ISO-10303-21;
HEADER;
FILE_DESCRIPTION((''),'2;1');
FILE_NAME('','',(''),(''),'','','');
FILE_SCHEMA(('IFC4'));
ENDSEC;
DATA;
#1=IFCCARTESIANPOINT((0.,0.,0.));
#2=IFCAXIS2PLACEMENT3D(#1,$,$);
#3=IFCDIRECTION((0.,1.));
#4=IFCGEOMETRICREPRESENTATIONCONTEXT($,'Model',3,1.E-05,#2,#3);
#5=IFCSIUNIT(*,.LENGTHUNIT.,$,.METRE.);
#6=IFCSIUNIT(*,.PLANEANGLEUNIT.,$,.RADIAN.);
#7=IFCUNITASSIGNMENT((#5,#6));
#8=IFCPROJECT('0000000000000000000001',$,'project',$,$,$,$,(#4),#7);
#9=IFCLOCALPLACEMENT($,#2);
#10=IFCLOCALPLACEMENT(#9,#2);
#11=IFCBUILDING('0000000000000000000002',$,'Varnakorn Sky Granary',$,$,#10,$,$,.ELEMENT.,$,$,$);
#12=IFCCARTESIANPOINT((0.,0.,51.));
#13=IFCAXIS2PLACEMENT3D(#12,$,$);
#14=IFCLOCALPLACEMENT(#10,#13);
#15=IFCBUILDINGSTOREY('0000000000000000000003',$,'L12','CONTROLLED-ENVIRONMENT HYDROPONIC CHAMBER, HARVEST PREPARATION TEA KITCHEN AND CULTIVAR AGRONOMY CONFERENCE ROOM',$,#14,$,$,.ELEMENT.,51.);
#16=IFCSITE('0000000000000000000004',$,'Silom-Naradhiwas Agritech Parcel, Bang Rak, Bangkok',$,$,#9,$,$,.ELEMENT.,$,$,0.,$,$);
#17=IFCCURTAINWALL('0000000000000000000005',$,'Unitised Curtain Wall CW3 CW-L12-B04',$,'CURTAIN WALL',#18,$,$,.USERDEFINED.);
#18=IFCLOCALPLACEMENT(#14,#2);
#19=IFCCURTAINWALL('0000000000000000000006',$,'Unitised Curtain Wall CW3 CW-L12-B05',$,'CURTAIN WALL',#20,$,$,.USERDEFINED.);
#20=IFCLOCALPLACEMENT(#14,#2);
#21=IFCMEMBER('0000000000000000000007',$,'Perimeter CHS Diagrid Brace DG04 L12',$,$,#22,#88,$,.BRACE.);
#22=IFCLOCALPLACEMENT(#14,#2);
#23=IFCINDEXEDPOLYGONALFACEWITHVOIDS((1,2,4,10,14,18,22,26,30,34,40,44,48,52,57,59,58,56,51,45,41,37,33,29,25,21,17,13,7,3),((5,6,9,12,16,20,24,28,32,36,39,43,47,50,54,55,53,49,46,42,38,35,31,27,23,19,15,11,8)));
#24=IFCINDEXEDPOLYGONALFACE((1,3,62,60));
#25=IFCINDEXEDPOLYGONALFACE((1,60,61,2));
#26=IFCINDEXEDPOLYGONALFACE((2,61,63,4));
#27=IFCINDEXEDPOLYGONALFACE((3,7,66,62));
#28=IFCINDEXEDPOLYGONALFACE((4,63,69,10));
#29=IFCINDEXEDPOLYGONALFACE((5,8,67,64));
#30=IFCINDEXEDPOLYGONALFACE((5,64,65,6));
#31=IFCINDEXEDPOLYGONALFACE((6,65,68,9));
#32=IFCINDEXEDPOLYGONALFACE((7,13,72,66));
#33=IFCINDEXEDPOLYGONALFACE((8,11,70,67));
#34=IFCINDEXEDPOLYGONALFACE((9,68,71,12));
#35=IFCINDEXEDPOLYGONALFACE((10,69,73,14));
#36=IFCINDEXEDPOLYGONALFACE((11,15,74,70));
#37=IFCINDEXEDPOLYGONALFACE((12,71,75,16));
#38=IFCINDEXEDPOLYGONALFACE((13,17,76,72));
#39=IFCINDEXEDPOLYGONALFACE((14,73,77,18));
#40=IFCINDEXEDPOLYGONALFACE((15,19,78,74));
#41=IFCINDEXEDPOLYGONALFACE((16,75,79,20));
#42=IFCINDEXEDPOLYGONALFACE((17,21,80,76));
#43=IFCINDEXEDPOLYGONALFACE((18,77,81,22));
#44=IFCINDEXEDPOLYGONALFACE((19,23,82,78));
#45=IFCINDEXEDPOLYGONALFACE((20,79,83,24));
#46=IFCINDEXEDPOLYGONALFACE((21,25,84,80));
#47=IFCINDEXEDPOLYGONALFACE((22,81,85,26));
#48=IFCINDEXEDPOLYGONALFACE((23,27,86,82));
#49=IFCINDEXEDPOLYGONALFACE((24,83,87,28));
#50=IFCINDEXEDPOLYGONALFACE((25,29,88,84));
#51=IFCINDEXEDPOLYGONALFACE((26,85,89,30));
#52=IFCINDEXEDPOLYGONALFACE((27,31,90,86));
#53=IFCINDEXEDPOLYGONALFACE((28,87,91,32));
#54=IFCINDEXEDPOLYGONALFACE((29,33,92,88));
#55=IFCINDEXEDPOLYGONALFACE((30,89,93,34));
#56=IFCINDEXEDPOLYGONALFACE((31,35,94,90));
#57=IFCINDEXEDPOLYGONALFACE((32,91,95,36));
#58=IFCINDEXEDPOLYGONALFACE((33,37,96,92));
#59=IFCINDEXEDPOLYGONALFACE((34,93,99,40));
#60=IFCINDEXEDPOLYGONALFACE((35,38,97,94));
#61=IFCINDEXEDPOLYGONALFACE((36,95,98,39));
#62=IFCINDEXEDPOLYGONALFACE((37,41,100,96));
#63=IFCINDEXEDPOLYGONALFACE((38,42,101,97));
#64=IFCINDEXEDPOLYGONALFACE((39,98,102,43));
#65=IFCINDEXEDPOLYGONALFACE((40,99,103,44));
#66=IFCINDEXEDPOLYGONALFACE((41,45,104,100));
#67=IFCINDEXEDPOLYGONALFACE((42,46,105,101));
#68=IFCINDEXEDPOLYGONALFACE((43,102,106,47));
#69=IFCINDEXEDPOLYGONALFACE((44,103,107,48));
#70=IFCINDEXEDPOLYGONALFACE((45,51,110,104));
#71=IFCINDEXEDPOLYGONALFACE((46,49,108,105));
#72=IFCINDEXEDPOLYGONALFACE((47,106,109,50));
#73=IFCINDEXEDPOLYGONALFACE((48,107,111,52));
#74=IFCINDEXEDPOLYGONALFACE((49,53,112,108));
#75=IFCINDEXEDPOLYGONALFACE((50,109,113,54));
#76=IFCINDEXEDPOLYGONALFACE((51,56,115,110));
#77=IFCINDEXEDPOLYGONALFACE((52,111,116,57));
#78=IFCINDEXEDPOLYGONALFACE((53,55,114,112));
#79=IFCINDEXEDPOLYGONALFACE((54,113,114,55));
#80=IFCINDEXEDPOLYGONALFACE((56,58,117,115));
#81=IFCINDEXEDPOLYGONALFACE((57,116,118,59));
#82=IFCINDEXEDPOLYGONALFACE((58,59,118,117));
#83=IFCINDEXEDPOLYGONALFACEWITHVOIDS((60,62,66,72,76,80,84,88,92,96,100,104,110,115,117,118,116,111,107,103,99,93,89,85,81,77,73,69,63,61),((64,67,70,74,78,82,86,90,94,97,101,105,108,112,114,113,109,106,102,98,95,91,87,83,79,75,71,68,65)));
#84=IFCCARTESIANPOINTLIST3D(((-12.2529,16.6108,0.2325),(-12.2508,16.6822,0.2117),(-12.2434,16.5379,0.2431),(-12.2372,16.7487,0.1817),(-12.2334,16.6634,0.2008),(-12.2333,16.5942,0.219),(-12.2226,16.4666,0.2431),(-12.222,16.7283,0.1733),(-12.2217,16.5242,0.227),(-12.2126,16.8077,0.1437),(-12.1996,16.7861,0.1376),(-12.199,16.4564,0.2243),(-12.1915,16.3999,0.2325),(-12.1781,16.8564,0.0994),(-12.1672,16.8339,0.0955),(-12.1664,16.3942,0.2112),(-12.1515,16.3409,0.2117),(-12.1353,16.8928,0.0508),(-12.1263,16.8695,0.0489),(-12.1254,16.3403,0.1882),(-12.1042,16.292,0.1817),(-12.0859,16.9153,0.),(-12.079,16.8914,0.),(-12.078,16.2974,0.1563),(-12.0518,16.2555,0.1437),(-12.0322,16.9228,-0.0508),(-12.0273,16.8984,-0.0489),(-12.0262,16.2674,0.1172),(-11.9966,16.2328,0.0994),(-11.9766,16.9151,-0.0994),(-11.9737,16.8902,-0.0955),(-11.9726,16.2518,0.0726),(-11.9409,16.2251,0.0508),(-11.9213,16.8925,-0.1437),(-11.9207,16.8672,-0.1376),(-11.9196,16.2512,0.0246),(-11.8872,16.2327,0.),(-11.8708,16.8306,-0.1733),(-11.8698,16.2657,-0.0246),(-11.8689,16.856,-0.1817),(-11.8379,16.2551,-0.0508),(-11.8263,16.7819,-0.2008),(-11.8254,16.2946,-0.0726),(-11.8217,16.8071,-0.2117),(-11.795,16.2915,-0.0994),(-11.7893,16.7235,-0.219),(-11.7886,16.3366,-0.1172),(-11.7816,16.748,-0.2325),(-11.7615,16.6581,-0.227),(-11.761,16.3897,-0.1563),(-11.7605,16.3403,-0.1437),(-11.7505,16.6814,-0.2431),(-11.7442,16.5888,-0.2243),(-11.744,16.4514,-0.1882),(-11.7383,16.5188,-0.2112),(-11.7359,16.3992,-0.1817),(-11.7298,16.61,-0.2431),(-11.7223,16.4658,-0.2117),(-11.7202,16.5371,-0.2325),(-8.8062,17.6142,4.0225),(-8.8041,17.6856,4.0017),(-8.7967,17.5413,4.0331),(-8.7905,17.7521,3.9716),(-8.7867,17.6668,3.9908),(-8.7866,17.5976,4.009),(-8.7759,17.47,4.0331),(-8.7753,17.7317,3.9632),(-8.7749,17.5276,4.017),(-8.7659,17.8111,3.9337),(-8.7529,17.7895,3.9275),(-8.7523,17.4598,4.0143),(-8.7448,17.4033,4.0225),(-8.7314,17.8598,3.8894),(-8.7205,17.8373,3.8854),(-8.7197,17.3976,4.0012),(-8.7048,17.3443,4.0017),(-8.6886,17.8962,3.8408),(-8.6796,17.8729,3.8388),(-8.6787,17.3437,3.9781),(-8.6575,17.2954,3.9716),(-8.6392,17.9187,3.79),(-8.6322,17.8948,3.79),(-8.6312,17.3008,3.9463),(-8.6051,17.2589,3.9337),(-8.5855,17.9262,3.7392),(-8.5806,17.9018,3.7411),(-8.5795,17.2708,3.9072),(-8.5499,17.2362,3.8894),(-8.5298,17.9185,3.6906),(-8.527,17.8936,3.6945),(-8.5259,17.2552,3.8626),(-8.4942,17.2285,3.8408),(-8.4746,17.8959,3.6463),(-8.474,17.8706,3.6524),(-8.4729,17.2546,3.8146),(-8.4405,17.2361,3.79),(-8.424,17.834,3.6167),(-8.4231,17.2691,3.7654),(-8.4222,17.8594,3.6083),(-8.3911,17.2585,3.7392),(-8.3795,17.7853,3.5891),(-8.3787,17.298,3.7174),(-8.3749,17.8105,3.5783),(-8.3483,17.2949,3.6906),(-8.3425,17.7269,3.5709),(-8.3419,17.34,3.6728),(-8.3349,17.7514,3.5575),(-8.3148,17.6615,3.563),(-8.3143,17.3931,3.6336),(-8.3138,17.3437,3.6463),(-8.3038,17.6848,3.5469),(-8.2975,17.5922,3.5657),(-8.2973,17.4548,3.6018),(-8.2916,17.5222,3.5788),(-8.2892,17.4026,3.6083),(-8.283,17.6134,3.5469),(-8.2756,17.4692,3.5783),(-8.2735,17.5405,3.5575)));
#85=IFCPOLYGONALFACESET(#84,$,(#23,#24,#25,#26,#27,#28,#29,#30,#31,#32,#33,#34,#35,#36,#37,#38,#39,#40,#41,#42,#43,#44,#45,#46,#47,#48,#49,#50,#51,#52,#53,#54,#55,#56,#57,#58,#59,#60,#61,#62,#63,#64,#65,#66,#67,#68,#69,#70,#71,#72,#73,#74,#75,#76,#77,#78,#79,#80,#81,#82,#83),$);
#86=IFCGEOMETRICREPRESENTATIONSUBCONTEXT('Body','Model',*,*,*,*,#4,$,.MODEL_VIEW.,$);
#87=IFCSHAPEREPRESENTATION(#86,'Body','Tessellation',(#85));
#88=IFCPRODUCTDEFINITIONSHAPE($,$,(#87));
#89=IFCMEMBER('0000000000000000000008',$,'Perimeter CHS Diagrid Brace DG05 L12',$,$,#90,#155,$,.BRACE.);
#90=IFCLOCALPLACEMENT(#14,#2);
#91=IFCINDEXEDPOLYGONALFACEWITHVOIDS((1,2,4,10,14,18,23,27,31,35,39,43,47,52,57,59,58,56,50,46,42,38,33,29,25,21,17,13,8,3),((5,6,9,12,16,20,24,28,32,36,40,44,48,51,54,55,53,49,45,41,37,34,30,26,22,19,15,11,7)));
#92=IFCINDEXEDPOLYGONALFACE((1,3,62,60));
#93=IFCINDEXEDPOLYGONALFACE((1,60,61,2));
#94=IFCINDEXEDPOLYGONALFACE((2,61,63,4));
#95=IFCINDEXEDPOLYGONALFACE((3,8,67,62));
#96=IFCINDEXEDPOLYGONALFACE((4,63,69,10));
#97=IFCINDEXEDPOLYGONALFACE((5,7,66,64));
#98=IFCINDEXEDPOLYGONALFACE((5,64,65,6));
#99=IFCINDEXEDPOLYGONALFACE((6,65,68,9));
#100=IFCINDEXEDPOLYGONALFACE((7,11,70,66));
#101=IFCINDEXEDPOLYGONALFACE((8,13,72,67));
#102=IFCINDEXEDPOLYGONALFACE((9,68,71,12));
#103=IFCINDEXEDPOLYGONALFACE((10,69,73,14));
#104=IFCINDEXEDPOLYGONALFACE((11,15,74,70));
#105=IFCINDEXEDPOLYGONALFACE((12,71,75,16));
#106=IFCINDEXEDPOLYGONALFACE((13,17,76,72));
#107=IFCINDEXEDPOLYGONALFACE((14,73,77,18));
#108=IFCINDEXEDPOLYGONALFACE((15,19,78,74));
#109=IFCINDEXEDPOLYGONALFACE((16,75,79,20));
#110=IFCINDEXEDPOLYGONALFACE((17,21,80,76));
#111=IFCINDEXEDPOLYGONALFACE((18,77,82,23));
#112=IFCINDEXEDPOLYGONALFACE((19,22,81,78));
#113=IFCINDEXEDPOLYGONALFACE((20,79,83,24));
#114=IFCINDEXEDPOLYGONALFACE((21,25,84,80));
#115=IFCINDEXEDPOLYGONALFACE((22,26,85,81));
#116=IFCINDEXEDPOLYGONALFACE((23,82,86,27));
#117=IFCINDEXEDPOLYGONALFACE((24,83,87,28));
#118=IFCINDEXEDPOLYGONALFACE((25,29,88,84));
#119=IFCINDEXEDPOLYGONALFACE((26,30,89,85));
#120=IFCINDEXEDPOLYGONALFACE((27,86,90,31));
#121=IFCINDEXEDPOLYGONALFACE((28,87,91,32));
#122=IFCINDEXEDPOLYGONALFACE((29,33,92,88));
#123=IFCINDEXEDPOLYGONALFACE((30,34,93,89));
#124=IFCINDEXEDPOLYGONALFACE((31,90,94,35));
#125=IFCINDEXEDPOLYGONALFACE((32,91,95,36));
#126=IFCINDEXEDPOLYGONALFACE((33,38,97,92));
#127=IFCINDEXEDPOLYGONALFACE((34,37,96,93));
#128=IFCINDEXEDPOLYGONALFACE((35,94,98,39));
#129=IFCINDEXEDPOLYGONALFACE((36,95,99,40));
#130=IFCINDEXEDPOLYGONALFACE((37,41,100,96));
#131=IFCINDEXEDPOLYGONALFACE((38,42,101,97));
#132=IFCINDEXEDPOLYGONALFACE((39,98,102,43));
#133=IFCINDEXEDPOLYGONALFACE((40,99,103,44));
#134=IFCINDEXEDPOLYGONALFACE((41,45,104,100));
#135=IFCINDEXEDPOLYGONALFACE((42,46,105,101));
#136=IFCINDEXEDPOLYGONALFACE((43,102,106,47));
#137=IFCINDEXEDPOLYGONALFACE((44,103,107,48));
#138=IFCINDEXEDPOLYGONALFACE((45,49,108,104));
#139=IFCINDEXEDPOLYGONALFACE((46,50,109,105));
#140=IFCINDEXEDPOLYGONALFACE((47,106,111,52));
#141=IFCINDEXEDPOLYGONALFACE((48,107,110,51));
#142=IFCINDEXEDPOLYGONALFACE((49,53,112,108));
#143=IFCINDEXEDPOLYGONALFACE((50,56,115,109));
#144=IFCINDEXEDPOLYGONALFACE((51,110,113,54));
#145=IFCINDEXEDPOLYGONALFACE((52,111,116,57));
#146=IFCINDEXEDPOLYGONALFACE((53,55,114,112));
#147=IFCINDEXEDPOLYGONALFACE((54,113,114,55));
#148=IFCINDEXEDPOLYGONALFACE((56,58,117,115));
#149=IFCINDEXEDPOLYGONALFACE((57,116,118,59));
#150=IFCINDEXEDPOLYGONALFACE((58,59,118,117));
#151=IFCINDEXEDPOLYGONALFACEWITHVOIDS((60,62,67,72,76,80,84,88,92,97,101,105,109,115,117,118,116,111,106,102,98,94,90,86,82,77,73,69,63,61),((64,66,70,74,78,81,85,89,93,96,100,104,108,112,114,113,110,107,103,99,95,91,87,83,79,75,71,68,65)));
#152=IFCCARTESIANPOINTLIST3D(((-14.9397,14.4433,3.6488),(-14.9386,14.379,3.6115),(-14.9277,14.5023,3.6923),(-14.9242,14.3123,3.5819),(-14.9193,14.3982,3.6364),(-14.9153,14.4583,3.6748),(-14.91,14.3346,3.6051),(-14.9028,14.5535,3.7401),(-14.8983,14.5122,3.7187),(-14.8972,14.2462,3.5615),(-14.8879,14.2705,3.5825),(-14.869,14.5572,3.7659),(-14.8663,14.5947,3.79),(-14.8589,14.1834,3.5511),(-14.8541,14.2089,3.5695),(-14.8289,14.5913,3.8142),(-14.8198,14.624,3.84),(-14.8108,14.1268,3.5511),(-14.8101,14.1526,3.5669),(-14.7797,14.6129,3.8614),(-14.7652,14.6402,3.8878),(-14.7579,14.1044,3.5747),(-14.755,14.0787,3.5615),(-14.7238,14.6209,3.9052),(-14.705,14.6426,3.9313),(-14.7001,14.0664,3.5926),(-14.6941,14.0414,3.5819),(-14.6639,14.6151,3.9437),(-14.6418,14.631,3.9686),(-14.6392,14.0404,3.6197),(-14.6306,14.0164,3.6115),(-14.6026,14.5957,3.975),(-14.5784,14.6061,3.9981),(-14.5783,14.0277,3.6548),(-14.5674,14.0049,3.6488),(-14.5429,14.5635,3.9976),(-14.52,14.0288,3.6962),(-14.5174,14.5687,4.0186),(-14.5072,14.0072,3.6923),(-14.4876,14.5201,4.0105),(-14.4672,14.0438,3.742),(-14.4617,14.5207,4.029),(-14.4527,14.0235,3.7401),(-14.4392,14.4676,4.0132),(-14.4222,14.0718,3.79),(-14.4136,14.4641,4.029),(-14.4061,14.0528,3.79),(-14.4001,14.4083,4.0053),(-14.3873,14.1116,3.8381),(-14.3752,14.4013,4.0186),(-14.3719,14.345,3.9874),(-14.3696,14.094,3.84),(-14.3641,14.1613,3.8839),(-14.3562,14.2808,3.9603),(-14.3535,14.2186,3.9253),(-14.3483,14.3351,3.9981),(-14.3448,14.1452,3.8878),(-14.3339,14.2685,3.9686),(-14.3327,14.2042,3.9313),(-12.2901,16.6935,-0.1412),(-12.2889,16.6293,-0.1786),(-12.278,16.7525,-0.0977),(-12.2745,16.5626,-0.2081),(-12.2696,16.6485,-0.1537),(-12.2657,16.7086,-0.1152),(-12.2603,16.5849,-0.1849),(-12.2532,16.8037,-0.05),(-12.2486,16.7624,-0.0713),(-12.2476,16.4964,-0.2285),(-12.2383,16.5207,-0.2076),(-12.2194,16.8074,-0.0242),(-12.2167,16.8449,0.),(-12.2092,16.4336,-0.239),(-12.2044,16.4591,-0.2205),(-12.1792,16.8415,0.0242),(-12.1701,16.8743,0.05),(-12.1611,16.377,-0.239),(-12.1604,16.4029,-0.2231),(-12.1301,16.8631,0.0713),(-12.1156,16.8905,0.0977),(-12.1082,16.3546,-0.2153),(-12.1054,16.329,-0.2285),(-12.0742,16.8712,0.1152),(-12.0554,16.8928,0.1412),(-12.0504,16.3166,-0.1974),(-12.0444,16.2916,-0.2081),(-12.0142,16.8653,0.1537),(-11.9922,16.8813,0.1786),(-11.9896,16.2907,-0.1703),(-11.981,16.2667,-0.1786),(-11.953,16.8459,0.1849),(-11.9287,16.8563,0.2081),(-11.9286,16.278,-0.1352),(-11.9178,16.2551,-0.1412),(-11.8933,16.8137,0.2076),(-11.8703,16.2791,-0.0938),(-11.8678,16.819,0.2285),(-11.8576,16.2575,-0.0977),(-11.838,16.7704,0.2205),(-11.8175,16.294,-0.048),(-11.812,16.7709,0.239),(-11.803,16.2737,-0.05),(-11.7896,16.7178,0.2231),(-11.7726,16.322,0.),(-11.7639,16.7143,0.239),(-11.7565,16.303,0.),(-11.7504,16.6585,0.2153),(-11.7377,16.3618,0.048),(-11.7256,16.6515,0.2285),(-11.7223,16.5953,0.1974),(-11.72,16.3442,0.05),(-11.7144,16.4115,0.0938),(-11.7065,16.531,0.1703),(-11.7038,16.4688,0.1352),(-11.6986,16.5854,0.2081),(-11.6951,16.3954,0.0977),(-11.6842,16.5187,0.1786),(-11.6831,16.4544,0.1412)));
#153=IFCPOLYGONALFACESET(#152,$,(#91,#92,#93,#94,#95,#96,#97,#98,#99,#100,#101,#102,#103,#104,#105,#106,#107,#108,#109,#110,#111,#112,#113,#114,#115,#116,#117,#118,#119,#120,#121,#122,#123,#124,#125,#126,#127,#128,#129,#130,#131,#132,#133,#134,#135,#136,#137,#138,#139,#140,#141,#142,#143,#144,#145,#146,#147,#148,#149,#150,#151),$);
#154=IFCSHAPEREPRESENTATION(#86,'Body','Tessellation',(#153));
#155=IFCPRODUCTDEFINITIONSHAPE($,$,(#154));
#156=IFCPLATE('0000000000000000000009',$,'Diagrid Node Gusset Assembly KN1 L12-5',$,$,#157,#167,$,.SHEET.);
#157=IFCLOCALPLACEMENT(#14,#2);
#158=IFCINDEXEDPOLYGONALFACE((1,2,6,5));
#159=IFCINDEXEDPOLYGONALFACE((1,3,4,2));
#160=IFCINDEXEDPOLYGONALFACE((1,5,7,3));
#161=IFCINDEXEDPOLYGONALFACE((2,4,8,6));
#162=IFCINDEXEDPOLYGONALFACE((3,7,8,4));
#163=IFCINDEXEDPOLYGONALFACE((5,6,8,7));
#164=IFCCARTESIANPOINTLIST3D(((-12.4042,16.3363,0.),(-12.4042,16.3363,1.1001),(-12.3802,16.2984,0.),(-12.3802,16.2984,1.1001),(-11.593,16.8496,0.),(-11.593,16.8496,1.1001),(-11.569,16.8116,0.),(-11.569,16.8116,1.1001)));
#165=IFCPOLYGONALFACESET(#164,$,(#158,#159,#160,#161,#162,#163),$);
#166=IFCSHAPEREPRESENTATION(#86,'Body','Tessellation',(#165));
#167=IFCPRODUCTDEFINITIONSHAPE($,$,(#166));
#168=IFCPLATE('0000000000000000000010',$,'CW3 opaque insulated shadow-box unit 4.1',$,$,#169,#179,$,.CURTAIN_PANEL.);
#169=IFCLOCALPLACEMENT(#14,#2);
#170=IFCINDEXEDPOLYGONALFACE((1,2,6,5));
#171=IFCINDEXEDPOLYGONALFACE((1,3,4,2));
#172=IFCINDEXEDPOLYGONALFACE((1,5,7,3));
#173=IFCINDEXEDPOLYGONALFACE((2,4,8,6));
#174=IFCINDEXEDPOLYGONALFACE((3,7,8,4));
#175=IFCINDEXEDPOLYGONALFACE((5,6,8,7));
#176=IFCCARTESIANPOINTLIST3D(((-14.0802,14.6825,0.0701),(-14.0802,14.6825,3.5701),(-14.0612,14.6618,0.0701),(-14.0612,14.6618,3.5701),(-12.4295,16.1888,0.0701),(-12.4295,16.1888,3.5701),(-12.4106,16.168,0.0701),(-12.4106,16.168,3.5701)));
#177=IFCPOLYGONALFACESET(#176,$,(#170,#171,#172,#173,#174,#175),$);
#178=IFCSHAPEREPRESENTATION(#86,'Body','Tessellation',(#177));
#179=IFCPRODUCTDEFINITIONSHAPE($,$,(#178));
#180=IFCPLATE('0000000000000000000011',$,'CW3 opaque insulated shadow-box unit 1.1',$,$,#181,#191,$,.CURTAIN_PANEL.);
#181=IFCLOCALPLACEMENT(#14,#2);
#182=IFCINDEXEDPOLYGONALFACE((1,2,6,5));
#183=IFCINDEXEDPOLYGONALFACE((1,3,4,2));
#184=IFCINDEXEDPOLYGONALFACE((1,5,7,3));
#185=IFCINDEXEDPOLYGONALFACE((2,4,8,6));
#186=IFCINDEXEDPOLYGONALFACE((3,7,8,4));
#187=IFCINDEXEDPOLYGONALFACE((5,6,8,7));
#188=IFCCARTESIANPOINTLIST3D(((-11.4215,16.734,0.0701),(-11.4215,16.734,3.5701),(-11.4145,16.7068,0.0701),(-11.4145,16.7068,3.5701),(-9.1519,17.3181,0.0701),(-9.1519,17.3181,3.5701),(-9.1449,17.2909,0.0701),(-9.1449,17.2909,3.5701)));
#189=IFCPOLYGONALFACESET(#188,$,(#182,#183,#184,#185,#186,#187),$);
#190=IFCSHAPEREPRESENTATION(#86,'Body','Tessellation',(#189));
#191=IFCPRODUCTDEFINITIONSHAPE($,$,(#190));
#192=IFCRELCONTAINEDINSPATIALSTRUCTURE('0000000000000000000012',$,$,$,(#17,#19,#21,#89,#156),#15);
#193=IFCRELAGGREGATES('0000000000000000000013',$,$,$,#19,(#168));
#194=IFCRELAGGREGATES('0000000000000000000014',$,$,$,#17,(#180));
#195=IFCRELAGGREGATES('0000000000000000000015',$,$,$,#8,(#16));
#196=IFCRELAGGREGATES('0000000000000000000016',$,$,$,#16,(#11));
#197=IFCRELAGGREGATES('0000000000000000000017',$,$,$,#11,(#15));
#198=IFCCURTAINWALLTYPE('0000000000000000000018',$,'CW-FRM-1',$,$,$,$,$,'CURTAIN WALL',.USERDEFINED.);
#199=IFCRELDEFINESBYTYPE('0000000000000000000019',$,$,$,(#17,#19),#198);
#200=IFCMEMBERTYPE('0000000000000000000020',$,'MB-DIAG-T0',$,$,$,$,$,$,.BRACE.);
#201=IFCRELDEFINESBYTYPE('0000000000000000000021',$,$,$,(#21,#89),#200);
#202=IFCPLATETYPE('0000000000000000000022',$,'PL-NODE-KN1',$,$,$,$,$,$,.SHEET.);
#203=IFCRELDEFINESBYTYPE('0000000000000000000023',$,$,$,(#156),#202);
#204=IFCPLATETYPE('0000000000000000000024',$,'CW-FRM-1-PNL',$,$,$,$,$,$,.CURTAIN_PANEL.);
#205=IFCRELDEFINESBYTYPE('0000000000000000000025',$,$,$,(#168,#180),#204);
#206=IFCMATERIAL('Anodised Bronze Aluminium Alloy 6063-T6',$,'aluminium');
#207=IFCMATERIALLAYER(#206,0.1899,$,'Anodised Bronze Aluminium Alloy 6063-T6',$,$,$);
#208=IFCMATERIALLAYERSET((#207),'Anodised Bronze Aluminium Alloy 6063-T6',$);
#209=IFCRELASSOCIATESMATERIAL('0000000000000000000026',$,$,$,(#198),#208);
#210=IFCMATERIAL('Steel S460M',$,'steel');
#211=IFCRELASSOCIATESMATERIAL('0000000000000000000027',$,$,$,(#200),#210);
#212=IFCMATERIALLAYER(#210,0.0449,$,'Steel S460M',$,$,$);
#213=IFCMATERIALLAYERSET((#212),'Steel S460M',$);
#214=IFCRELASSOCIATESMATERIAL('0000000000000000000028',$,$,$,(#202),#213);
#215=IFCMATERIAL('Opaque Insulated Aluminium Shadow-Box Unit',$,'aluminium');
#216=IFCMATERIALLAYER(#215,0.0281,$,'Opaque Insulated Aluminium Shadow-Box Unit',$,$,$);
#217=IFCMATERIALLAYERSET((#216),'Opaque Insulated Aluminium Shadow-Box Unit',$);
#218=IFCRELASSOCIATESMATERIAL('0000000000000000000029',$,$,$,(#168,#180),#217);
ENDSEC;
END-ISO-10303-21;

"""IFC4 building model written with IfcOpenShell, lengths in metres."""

from ifc_helpers import new_model, si_unit, direction, frame, origin, origin_2d, place, context, subcontext, project, spatial, rectangle, hollow_circle, extrude, source, transform, mapped, material, layer, layer_set, material_profile, profile_set, type_object, element, aggregate, save


model = new_model("IFC4")

# Units and contexts
model_context = context("Model", 3, precision=1e-05, world=origin(), true_north=direction((0.0, 1.0)))
body_context = subcontext(model_context, "Body", "Model", "MODEL_VIEW")
ifc_project = project(units=[si_unit("LENGTHUNIT", "METRE"), si_unit("PLANEANGLEUNIT", "RADIAN")], contexts=[model_context])

# Site, building, storey
site_placement = place(None, origin())
site = spatial("IfcSite", under=ifc_project, at=site_placement, Name="Silom-Naradhiwas Agritech Parcel, Bang Rak, Bangkok", CompositionType="ELEMENT", RefElevation=0.0)
building_placement = place(site_placement, origin())
building = spatial("IfcBuilding", under=site, at=building_placement, Name="Varnakorn Sky Granary", CompositionType="ELEMENT")
storey_placement = place(building_placement, frame((0.0, 0.0, 51.0)))
storey = spatial("IfcBuildingStorey", under=building, at=storey_placement, Name="L12", Description="CONTROLLED-ENVIRONMENT HYDROPONIC CHAMBER, HARVEST PREPARATION TEA KITCHEN AND CULTIVAR AGRONOMY CONFERENCE ROOM", CompositionType="ELEMENT", Elevation=51.0)

# Shared definitions
ifc_material_1 = material(Name="Steel S460M", Category="steel")

# Curtain walls
ifc_material_2 = material(Name="Anodised Bronze Aluminium Alloy 6063-T6", Category="aluminium")
ifc_layer_1 = layer(ifc_material_2, 0.1899, Name="Anodised Bronze Aluminium Alloy 6063-T6")
ifc_layer_set_1 = layer_set([ifc_layer_1], Name="Anodised Bronze Aluminium Alloy 6063-T6")
curtain_wall_type = type_object("IfcCurtainWallType", Name="CW-FRM-1", ElementType="CURTAIN WALL", PredefinedType="USERDEFINED", material=ifc_layer_set_1)
curtain_wall_1_placement = place(storey_placement, origin())
curtain_wall_1 = element("IfcCurtainWall", 1, at=curtain_wall_1_placement, inside=storey, type_object=curtain_wall_type, Name="Unitised Curtain Wall CW3 CW-L12-B04", ObjectType="CURTAIN WALL", PredefinedType="USERDEFINED")
curtain_wall_2_placement = place(storey_placement, origin())
curtain_wall_2 = element("IfcCurtainWall", 2, at=curtain_wall_2_placement, inside=storey, type_object=curtain_wall_type, Name="Unitised Curtain Wall CW3 CW-L12-B05", ObjectType="CURTAIN WALL", PredefinedType="USERDEFINED")

# Members
ifc_material_profile_1 = material_profile(ifc_material_1, hollow_circle(Radius=0.3555, WallThickness=0.0249, at=origin_2d()), Name="CHS 711x25")
ifc_profile_set_1 = profile_set([ifc_material_profile_1], Name="Steel S460M")
member_type_1 = type_object("IfcMemberType", Name="MB-DIAG-T0", PredefinedType="BRACE", material=ifc_profile_set_1)
member_1_placement = place(storey_placement, frame((-11.9866, 16.574, 0.0), z_axis=(0.660264, 0.192215, 0.72602), x_axis=(-0.279514, 0.960142, 0.0)))
element("IfcMember", 3, at=member_1_placement, inside=storey, type_object=member_type_1, Name="Perimeter CHS Diagrid Brace DG04 L12", PredefinedType="BRACE", context=body_context, shape_type="SweptSolid", body=[
    extrude(hollow_circle(Radius=0.3555, WallThickness=0.0249, at=origin_2d()), origin(), (0.0, 0.0, 1.0), 5.2202),
])
member_2_placement = place(storey_placement, frame((-11.9866, 16.574, 0.0), z_axis=(-0.515214, -0.43755, 0.736956), x_axis=(0.64732, -0.762218, 0.0)))
element("IfcMember", 4, at=member_2_placement, inside=storey, type_object=member_type_1, Name="Perimeter CHS Diagrid Brace DG05 L12", PredefinedType="BRACE", context=body_context, shape_type="SweptSolid", body=[
    extrude(hollow_circle(Radius=0.3555, WallThickness=0.0249, at=origin_2d()), origin(), (0.0, 0.0, 1.0), 5.1428),
])

# Plates
ifc_layer_2 = layer(ifc_material_1, 0.0449, Name="Steel S460M")
ifc_layer_set_2 = layer_set([ifc_layer_2], Name="Steel S460M")
plate_type_1 = type_object("IfcPlateType", Name="PL-NODE-KN1", PredefinedType="SHEET", material=ifc_layer_set_2)
plate_1_placement = place(storey_placement, frame((-11.9866, 16.574, 0.0), z_axis=(0.0, 0.0, 1.0), x_axis=(-0.845058, -0.534675, 0.0)))
element("IfcPlate", 5, at=plate_1_placement, inside=storey, type_object=plate_type_1, Name="Diagrid Node Gusset Assembly KN1 L12-5", PredefinedType="SHEET", context=body_context, shape_type="SweptSolid", body=[
    extrude(rectangle(XDim=0.96, YDim=0.0449, at=origin_2d()), origin(), (0.0, 0.0, 1.0), 1.1001),
])
ifc_material_3 = material(Name="Opaque Insulated Aluminium Shadow-Box Unit", Category="aluminium")
ifc_layer_3 = layer(ifc_material_3, 0.0281, Name="Opaque Insulated Aluminium Shadow-Box Unit")
ifc_layer_set_3 = layer_set([ifc_layer_3], Name="Opaque Insulated Aluminium Shadow-Box Unit")
plate_type_2 = type_object("IfcPlateType", Name="CW-FRM-1-PNL", PredefinedType="CURTAIN_PANEL")
shared_shape_1 = source(origin(), body_context, "Body", "SweptSolid", [
    extrude(rectangle(XDim=2.2346, YDim=0.0281, at=origin_2d()), origin(), (0.0, 0.0, 1.0), 3.5),
])
plate_2_placement = place(storey_placement, frame((-13.2454, 15.4253, 0.0701), z_axis=(0.0, 0.0, 1.0), x_axis=(0.738686, 0.674049, 0.0)))
plate_2 = element("IfcPlate", 6, at=plate_2_placement, type_object=plate_type_2, material=ifc_layer_set_3, Name="CW3 opaque insulated shadow-box unit 4.1", PredefinedType="CURTAIN_PANEL", context=body_context, shape_type="MappedRepresentation", body=[
    mapped(shared_shape_1, transform((0.0, 0.0, 0.0), x_axis=(1.0, 0.0, 0.0), y_axis=(0.0, 1.0, 0.0), z_axis=(0.0, 0.0, 1.0), scale=1.0)),
])
aggregate(curtain_wall_2, [plate_2])
shared_shape_2 = source(origin(), body_context, "Body", "SweptSolid", [
    extrude(rectangle(XDim=2.3435, YDim=0.0281, at=origin_2d()), origin(), (0.0, 0.0, 1.0), 3.5),
])
plate_3_placement = place(storey_placement, frame((-10.2832, 17.0125, 0.0701), z_axis=(0.0, 0.0, 1.0), x_axis=(0.968439, 0.249249, 0.0)))
plate_3 = element("IfcPlate", 7, at=plate_3_placement, type_object=plate_type_2, material=ifc_layer_set_3, Name="CW3 opaque insulated shadow-box unit 1.1", PredefinedType="CURTAIN_PANEL", context=body_context, shape_type="MappedRepresentation", body=[
    mapped(shared_shape_2, transform((0.0, 0.0, 0.0), x_axis=(1.0, 0.0, 0.0), y_axis=(0.0, 1.0, 0.0), z_axis=(0.0, 0.0, 1.0), scale=1.0)),
])
aggregate(curtain_wall_1, [plate_3])

save(model, "model.ifc")
